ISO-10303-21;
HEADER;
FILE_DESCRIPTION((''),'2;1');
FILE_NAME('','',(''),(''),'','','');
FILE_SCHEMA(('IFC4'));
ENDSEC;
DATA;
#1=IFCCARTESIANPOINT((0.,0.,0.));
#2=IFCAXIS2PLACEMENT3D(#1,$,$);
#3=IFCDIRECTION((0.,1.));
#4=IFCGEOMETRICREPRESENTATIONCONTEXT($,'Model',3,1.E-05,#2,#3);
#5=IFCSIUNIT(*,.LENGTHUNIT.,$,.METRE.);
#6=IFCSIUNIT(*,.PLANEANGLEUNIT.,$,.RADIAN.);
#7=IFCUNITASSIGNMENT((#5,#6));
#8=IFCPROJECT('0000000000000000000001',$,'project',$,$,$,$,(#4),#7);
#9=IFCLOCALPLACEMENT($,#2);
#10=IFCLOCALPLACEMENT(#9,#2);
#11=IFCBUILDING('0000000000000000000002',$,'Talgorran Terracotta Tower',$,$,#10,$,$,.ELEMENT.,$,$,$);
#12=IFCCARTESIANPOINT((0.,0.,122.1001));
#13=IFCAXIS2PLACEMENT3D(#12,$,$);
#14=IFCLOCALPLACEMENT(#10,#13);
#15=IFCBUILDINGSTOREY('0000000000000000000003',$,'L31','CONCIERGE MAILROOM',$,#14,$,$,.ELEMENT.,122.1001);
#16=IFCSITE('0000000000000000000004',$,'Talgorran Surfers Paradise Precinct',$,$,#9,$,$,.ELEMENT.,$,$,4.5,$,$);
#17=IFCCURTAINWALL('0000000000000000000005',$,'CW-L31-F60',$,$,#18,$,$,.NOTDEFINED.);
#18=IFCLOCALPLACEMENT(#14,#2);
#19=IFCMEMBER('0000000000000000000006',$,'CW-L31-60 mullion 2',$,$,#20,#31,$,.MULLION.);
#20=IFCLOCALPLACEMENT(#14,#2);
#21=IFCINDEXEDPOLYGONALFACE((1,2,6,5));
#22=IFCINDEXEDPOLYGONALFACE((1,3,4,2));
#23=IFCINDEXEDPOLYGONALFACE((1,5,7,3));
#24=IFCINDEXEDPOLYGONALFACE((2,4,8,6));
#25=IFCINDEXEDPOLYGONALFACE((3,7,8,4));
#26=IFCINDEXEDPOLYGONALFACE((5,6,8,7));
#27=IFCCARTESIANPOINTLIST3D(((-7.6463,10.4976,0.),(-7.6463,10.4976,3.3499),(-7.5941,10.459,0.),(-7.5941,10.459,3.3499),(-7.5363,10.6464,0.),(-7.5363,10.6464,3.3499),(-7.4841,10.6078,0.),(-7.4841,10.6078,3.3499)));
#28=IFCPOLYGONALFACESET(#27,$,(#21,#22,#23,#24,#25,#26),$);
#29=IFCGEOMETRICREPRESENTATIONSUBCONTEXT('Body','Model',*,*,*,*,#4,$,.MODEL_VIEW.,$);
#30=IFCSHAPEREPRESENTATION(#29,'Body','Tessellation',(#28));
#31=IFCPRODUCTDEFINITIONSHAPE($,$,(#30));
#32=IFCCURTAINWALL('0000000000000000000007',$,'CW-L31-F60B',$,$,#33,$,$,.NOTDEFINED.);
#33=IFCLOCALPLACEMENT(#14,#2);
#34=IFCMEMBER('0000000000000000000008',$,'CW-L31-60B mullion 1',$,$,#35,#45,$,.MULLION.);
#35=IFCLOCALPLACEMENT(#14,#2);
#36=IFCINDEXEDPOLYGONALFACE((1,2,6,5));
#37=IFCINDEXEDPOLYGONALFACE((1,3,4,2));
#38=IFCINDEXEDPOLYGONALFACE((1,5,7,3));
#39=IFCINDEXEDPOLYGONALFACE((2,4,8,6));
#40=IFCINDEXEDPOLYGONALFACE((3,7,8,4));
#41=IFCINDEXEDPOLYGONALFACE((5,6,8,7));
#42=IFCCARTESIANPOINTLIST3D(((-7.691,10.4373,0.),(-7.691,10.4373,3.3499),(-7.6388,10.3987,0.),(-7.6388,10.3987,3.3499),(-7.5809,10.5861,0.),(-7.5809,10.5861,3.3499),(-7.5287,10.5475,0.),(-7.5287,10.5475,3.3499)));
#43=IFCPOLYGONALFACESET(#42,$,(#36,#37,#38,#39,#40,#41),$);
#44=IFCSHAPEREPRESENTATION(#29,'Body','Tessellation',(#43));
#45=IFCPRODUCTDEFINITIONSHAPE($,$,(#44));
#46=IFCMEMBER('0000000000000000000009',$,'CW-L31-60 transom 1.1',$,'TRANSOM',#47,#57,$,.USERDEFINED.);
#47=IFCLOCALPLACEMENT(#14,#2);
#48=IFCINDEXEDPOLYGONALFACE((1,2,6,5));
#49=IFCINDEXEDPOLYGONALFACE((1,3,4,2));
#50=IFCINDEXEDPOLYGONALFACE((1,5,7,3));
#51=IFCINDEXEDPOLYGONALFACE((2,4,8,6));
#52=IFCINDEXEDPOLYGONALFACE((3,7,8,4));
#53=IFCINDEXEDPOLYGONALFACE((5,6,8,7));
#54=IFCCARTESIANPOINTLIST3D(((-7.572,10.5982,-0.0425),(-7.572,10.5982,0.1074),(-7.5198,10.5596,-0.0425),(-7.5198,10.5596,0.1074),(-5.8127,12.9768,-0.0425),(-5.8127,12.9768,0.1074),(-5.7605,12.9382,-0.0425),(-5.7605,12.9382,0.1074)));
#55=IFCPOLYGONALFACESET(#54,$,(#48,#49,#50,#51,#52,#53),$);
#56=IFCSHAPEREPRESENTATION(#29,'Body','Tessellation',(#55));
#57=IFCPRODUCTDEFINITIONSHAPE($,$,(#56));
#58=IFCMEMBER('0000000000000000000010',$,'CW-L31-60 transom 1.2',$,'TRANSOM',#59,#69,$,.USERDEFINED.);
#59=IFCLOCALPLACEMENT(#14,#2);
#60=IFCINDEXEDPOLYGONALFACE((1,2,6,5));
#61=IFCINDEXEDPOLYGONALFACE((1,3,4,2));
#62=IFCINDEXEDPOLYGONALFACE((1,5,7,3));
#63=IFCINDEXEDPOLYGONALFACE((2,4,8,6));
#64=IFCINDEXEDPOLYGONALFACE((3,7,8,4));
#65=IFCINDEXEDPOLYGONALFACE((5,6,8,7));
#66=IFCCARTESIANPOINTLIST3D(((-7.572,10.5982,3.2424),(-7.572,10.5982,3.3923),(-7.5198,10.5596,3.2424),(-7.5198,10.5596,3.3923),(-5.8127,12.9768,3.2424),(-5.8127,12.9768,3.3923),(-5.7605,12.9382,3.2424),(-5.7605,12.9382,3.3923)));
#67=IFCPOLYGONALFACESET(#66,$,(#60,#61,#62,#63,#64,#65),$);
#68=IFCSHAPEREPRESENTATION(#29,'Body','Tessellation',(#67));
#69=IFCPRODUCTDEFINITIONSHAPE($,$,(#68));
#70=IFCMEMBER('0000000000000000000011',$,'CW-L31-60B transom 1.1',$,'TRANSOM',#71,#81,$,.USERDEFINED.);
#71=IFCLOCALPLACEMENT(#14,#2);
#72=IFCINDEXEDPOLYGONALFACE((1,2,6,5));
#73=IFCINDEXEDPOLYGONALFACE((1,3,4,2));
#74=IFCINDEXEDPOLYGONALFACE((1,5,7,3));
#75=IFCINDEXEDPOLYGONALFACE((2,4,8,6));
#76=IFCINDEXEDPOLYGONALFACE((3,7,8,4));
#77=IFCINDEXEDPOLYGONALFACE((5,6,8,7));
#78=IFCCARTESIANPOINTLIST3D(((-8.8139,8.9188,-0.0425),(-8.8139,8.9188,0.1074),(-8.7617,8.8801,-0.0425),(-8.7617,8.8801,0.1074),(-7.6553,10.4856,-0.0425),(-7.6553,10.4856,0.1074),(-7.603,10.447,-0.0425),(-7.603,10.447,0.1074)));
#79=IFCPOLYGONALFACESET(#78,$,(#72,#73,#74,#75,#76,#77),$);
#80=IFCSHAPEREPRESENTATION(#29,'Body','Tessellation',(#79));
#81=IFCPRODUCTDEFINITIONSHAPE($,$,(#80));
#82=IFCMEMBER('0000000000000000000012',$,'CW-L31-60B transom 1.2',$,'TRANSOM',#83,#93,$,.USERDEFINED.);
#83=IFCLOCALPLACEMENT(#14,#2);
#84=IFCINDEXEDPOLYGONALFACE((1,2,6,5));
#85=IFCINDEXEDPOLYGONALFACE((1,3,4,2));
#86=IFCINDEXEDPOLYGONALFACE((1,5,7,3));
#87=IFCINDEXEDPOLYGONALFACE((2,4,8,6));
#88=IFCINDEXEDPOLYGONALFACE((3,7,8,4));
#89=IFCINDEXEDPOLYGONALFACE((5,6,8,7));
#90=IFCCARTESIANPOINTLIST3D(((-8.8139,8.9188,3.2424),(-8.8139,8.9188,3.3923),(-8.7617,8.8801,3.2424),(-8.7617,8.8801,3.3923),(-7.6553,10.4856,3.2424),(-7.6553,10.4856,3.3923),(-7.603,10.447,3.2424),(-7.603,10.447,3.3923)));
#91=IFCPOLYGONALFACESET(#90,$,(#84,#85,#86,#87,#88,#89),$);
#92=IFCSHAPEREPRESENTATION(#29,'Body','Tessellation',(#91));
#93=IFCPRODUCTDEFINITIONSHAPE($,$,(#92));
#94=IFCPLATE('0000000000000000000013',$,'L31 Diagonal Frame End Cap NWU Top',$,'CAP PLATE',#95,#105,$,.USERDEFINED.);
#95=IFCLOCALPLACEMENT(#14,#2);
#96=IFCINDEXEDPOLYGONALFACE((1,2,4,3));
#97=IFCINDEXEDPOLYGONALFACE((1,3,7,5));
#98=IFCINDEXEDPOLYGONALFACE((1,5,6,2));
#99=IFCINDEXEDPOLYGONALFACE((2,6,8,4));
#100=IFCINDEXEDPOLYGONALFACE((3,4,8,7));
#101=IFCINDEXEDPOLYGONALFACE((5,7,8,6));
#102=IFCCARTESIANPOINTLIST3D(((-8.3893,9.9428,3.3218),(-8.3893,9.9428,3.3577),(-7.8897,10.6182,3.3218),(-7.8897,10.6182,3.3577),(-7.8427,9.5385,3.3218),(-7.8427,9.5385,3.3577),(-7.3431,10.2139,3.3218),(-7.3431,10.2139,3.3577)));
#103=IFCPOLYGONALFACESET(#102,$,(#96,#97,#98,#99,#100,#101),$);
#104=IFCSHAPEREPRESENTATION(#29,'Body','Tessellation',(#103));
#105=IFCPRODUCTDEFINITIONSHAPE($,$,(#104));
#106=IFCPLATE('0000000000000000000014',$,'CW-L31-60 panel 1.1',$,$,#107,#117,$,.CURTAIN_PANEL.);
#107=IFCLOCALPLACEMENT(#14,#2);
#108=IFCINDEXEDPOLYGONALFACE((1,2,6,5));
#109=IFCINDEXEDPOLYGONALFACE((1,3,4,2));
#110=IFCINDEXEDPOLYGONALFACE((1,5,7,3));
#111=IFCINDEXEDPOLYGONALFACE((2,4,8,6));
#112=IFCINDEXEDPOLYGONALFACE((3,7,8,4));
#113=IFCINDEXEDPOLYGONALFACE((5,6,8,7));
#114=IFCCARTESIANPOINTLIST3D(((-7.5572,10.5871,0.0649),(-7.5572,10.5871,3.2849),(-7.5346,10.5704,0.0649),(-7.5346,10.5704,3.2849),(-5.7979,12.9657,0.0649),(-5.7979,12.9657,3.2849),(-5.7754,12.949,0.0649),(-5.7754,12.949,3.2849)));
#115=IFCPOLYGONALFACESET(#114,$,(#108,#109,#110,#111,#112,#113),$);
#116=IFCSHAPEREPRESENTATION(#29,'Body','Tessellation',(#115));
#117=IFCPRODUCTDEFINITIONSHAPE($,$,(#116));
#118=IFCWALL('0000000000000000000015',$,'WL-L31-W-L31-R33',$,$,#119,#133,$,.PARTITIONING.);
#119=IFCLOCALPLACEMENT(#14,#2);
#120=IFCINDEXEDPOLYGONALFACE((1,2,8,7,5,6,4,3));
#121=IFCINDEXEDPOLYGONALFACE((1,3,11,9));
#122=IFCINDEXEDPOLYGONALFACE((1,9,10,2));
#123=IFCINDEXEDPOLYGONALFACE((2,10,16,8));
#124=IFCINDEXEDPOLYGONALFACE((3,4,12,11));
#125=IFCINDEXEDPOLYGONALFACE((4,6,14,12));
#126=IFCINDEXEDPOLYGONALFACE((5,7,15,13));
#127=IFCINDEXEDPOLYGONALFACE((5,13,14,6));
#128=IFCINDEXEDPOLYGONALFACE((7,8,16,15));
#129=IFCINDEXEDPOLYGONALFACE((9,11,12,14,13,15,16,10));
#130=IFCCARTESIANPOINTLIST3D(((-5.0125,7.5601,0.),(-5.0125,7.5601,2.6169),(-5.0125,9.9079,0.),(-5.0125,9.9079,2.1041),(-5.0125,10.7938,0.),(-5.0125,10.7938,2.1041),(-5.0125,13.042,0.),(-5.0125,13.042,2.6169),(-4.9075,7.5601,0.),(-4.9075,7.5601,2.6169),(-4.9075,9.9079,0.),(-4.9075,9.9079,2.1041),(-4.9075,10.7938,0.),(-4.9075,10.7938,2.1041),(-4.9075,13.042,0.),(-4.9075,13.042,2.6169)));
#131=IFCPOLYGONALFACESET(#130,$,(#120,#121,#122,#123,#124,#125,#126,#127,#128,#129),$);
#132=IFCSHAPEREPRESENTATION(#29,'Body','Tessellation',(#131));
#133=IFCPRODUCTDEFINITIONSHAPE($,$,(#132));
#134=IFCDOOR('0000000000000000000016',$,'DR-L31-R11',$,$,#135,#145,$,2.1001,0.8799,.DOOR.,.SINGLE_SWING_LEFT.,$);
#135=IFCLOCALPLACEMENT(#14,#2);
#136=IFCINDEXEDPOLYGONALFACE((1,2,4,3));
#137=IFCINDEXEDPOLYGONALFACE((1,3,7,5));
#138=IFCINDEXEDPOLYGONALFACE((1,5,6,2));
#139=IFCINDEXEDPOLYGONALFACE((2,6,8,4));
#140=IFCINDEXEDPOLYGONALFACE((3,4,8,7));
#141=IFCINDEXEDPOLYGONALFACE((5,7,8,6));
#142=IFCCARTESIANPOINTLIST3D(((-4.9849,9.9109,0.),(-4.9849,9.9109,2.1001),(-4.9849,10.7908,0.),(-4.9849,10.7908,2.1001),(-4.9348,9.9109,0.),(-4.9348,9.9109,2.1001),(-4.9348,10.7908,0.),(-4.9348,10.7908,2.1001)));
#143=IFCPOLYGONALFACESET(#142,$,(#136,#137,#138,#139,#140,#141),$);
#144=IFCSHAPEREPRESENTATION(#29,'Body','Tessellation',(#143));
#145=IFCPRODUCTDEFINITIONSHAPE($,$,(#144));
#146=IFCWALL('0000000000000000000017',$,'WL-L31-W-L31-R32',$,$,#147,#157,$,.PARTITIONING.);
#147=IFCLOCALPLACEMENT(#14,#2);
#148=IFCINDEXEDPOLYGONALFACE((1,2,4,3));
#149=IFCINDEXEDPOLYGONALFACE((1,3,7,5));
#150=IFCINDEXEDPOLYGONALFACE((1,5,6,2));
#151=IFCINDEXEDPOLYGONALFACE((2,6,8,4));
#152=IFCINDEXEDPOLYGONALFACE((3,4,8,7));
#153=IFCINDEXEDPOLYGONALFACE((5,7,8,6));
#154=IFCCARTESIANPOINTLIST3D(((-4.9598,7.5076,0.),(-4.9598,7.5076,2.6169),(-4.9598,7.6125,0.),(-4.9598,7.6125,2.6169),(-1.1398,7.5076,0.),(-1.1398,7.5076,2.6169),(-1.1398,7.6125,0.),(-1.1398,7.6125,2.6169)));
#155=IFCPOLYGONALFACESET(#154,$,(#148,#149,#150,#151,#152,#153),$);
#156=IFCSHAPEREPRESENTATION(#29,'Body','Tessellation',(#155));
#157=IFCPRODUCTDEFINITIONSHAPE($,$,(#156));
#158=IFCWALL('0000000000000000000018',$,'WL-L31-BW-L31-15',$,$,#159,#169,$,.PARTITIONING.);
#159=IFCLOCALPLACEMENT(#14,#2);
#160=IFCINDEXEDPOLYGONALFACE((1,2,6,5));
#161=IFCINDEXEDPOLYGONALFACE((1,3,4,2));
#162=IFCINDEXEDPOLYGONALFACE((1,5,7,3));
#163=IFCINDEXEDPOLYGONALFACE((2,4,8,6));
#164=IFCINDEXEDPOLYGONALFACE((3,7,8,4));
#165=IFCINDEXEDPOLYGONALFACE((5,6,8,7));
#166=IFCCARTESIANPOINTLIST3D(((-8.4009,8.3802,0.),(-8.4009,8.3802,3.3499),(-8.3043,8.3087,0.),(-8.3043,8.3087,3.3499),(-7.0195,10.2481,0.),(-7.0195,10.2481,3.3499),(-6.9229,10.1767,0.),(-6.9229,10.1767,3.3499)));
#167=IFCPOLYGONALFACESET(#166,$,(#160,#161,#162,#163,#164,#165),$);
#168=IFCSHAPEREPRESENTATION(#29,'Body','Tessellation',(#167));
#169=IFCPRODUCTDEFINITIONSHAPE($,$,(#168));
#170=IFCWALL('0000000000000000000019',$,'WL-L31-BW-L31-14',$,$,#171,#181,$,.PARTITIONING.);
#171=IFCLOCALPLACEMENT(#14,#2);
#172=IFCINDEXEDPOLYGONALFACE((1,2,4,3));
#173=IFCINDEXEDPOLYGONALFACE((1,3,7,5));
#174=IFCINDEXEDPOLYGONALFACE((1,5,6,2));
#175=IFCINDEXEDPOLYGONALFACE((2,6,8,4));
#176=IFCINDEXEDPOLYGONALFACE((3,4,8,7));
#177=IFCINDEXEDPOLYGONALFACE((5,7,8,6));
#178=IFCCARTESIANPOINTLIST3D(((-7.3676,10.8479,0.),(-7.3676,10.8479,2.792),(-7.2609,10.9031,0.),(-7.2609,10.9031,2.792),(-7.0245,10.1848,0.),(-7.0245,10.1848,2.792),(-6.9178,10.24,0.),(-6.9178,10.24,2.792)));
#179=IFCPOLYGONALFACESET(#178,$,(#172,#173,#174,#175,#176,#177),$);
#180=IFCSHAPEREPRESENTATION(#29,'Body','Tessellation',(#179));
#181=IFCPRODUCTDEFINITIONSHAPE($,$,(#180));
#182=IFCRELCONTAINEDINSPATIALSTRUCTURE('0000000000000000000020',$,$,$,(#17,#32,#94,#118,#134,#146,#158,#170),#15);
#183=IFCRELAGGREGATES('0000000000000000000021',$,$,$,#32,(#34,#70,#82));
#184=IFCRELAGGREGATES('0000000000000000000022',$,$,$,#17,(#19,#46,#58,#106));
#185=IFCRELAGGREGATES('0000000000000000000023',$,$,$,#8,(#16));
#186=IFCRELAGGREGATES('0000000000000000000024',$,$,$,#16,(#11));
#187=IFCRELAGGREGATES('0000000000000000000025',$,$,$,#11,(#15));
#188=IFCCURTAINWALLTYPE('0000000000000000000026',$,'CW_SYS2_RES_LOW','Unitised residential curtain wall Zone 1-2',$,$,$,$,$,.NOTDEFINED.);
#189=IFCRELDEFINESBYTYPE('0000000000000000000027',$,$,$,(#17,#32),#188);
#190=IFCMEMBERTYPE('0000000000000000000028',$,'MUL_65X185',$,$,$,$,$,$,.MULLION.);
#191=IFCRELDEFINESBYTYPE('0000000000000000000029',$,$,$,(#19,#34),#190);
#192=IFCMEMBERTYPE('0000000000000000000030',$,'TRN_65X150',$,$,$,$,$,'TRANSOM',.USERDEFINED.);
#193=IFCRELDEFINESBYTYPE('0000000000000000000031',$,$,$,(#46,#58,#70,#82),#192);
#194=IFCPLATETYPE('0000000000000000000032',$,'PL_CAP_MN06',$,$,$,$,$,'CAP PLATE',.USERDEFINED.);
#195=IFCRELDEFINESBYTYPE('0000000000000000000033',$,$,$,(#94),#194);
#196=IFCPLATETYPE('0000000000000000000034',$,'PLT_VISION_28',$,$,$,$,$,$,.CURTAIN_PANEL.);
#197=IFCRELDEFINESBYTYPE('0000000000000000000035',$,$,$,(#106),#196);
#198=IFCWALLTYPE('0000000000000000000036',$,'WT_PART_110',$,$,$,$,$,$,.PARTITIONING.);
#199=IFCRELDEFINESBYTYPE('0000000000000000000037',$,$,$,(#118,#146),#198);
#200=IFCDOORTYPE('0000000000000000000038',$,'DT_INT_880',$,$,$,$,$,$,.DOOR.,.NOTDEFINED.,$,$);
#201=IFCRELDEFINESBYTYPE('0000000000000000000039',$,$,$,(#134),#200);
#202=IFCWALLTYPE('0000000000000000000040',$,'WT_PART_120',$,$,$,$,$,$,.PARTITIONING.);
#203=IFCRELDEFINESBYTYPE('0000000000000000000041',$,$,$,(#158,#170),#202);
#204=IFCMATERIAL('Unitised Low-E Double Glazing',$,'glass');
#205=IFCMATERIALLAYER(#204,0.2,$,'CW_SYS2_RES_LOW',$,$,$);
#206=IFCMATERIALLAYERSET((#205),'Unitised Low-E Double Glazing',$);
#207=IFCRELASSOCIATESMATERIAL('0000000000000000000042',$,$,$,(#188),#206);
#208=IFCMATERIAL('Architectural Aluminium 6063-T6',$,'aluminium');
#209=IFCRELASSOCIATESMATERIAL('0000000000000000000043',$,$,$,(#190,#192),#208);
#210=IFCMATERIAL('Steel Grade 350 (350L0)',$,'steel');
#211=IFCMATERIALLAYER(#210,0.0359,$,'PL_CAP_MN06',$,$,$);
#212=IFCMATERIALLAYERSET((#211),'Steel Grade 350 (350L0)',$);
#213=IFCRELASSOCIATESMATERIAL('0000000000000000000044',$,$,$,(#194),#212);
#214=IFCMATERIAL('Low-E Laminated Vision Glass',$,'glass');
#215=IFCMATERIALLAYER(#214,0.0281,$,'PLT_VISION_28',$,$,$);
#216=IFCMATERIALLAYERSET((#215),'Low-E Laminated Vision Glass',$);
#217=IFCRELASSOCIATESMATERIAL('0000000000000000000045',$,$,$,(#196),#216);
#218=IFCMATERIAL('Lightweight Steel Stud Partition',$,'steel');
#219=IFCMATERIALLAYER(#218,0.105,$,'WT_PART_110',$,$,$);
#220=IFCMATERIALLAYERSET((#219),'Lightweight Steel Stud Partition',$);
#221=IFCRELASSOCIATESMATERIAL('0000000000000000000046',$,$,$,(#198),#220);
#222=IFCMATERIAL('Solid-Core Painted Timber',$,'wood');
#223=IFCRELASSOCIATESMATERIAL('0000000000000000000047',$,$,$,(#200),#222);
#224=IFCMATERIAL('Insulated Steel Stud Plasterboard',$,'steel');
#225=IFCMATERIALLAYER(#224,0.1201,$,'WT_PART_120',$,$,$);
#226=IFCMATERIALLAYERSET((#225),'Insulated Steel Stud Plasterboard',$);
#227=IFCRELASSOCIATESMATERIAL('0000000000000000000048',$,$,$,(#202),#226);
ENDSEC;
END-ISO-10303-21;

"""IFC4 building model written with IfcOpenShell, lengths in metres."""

from ifc_helpers import new_model, si_unit, direction, frame, frame_2d, origin, origin_2d, place, context, subcontext, project, spatial, rectangle, extrude, source, transform, mapped, material, layer, layer_set, material_profile, profile_set, type_object, type_shapes, element, fill, aggregate, save


model = new_model("IFC4")

# Units and contexts
model_context = context("Model", 3, precision=1e-05, world=origin(), true_north=direction((0.0, 1.0)))
body_context = subcontext(model_context, "Body", "Model", "MODEL_VIEW")
ifc_project = project(units=[si_unit("LENGTHUNIT", "METRE"), si_unit("PLANEANGLEUNIT", "RADIAN")], contexts=[model_context])

# Site, building, storey
site_placement = place(None, origin())
site = spatial("IfcSite", under=ifc_project, at=site_placement, Name="Talgorran Surfers Paradise Precinct", CompositionType="ELEMENT", RefElevation=4.5)
building_placement = place(site_placement, origin())
building = spatial("IfcBuilding", under=site, at=building_placement, Name="Talgorran Terracotta Tower", CompositionType="ELEMENT")
storey_placement = place(building_placement, frame((0.0, 0.0, 122.1001)))
storey = spatial("IfcBuildingStorey", under=building, at=storey_placement, Name="L31", Description="CONCIERGE MAILROOM", CompositionType="ELEMENT", Elevation=122.1001)

# Shared definitions
ifc_material_1 = material(Name="Steel Grade 350 (350L0)", Category="steel")

# Shared definitions
ifc_material_2 = material(Name="Unitised Low-E Double Glazing", Category="glass")
ifc_layer_1 = layer(ifc_material_2, 0.2, Name="CW_SYS2_RES_LOW")
ifc_layer_set_1 = layer_set([ifc_layer_1], Name="Unitised Low-E Double Glazing")
curtain_wall_type = type_object("IfcCurtainWallType", Name="CW_SYS2_RES_LOW", Description="Unitised residential curtain wall Zone 1-2", PredefinedType="NOTDEFINED", material=ifc_layer_set_1)
ifc_material_3 = material(Name="Architectural Aluminium 6063-T6", Category="aluminium")
ifc_material_profile_1 = material_profile(ifc_material_3, rectangle(XDim=0.0649, YDim=0.1851, at=origin_2d()), Name="CWM65X185")
ifc_profile_set_1 = profile_set([ifc_material_profile_1], Name="Architectural Aluminium 6063-T6")
member_type_1 = type_object("IfcMemberType", Name="MUL_65X185", PredefinedType="MULLION", material=ifc_profile_set_1)

# Curtain wall, member
curtain_wall_1_placement = place(storey_placement, origin())
curtain_wall_1 = element("IfcCurtainWall", 1, at=curtain_wall_1_placement, inside=storey, type_object=curtain_wall_type, Name="CW-L31-F60", PredefinedType="NOTDEFINED")
member_1_placement = place(storey_placement, frame((-7.5652, 10.5527, 0.0), z_axis=(0.0, 0.0, 1.0), x_axis=(0.803992, -0.59464, 0.0)))
member_1 = element("IfcMember", 2, at=member_1_placement, type_object=member_type_1, Name="CW-L31-60 mullion 2", PredefinedType="MULLION", context=body_context, shape_type="SweptSolid", body=[
    extrude(rectangle(XDim=0.0649, YDim=0.1851, at=origin_2d()), origin(), (0.0, 0.0, 1.0), 3.3499),
])

# Curtain wall, member
curtain_wall_2_placement = place(storey_placement, origin())
curtain_wall_2 = element("IfcCurtainWall", 3, at=curtain_wall_2_placement, inside=storey, type_object=curtain_wall_type, Name="CW-L31-F60B", PredefinedType="NOTDEFINED")
member_2_placement = place(storey_placement, frame((-7.6099, 10.4924, 0.0), z_axis=(0.0, 0.0, 1.0), x_axis=(0.803994, -0.594637, 0.0)))
member_2 = element("IfcMember", 4, at=member_2_placement, type_object=member_type_1, Name="CW-L31-60B mullion 1", PredefinedType="MULLION", context=body_context, shape_type="SweptSolid", body=[
    extrude(rectangle(XDim=0.0649, YDim=0.1851, at=origin_2d()), origin(), (0.0, 0.0, 1.0), 3.3499),
])

# Members
ifc_material_profile_2 = material_profile(ifc_material_3, rectangle(XDim=0.0649, YDim=0.1499, at=origin_2d()), Name="CWT65X150")
ifc_profile_set_2 = profile_set([ifc_material_profile_2], Name="Architectural Aluminium 6063-T6")
member_type_2 = type_object("IfcMemberType", Name="TRN_65X150", ElementType="TRANSOM", PredefinedType="USERDEFINED", material=ifc_profile_set_2)
member_3_placement = place(storey_placement, frame((-5.7866, 12.9575, 0.0325), z_axis=(-0.594639, -0.803993, 0.0), x_axis=(0.803993, -0.594639, 0.0)))
member_3 = element("IfcMember", 5, at=member_3_placement, type_object=member_type_2, Name="CW-L31-60 transom 1.1", ObjectType="TRANSOM", PredefinedType="USERDEFINED", context=body_context, shape_type="SweptSolid", body=[
    extrude(rectangle(XDim=0.0649, YDim=0.1499, at=origin_2d()), origin(), (0.0, 0.0, 1.0), 2.9585),
])
member_4_placement = place(storey_placement, frame((-5.7866, 12.9575, 3.3174), z_axis=(-0.594639, -0.803993, 0.0), x_axis=(0.803993, -0.594639, 0.0)))
member_4 = element("IfcMember", 6, at=member_4_placement, type_object=member_type_2, Name="CW-L31-60 transom 1.2", ObjectType="TRANSOM", PredefinedType="USERDEFINED", context=body_context, shape_type="SweptSolid", body=[
    extrude(rectangle(XDim=0.0649, YDim=0.1499, at=origin_2d()), origin(), (0.0, 0.0, 1.0), 2.9585),
])
member_5_placement = place(storey_placement, frame((-7.6292, 10.4663, 0.0325), z_axis=(-0.594574, -0.804041, 0.0), x_axis=(0.804041, -0.594574, 0.0)))
member_5 = element("IfcMember", 7, at=member_5_placement, type_object=member_type_2, Name="CW-L31-60B transom 1.1", ObjectType="TRANSOM", PredefinedType="USERDEFINED", context=body_context, shape_type="SweptSolid", body=[
    extrude(rectangle(XDim=0.0649, YDim=0.1499, at=origin_2d()), origin(), (0.0, 0.0, 1.0), 1.9487),
])
member_6_placement = place(storey_placement, frame((-7.6292, 10.4663, 3.3174), z_axis=(-0.594574, -0.804041, 0.0), x_axis=(0.804041, -0.594574, 0.0)))
member_6 = element("IfcMember", 8, at=member_6_placement, type_object=member_type_2, Name="CW-L31-60B transom 1.2", ObjectType="TRANSOM", PredefinedType="USERDEFINED", context=body_context, shape_type="SweptSolid", body=[
    extrude(rectangle(XDim=0.0649, YDim=0.1499, at=origin_2d()), origin(), (0.0, 0.0, 1.0), 1.9487),
])
aggregate(curtain_wall_2, [member_2, member_5, member_6])

# Plates
ifc_layer_2 = layer(ifc_material_1, 0.0359, Name="PL_CAP_MN06")
ifc_layer_set_2 = layer_set([ifc_layer_2], Name="Steel Grade 350 (350L0)")
plate_type_1 = type_object("IfcPlateType", Name="PL_CAP_MN06", ElementType="CAP PLATE", PredefinedType="USERDEFINED", material=ifc_layer_set_2)
plate_1_placement = place(storey_placement, frame((-7.8662, 10.0784, 3.3218), z_axis=(0.0, 0.0, 1.0), x_axis=(0.594682, 0.803961, 0.0)))
element("IfcPlate", 9, at=plate_1_placement, inside=storey, type_object=plate_type_1, Name="L31 Diagonal Frame End Cap NWU Top", ObjectType="CAP PLATE", PredefinedType="USERDEFINED", context=body_context, shape_type="SweptSolid", body=[
    extrude(rectangle(XDim=0.8401, YDim=0.6799, at=origin_2d()), origin(), (0.0, 0.0, 1.0), 0.0359),
])
ifc_material_4 = material(Name="Low-E Laminated Vision Glass", Category="glass")
ifc_layer_3 = layer(ifc_material_4, 0.0281, Name="PLT_VISION_28")
ifc_layer_set_3 = layer_set([ifc_layer_3], Name="Low-E Laminated Vision Glass")
plate_type_2 = type_object("IfcPlateType", Name="PLT_VISION_28", PredefinedType="CURTAIN_PANEL", material=ifc_layer_set_3)
shared_shape = source(origin(), body_context, "Body", "SweptSolid", [
    extrude(rectangle(XDim=2.9585, YDim=0.0281, at=origin_2d()), origin(), (0.0, 0.0, 1.0), 3.22),
])
type_shapes(plate_type_2, [shared_shape])
plate_2_placement = place(storey_placement, frame((-6.6663, 11.7681, 0.0649), z_axis=(0.0, 0.0, 1.0), x_axis=(-0.59464, -0.803992, 0.0)))
plate_2 = element("IfcPlate", 10, at=plate_2_placement, type_object=plate_type_2, Name="CW-L31-60 panel 1.1", PredefinedType="CURTAIN_PANEL", context=body_context, shape_type="MappedRepresentation", body=[
    mapped(shared_shape, transform((0.0, 0.0, 0.0), scale=1.0)),
])
aggregate(curtain_wall_1, [member_1, member_3, member_4, plate_2])

# Wall, opening, door
ifc_material_5 = material(Name="Lightweight Steel Stud Partition", Category="steel")
ifc_layer_4 = layer(ifc_material_5, 0.105, Name="WT_PART_110")
ifc_layer_set_4 = layer_set([ifc_layer_4], Name="Lightweight Steel Stud Partition")
wall_type_1 = type_object("IfcWallType", Name="WT_PART_110", PredefinedType="PARTITIONING", material=ifc_layer_set_4)
wall_1_placement = place(storey_placement, frame((-4.96, 7.5601, 0.0), z_axis=(0.0, 0.0, 1.0), x_axis=(0.0, 1.0, 0.0)))
wall_1 = element("IfcWall", 11, at=wall_1_placement, inside=storey, type_object=wall_type_1, Name="WL-L31-W-L31-R33", PredefinedType="PARTITIONING", context=body_context, shape_type="SweptSolid", body=[
    extrude(rectangle(XDim=5.4819, YDim=0.105, at=frame_2d((2.741, 0.0))), origin(), (0.0, 0.0, 1.0), 2.6169),
])
opening_1_placement = place(wall_1_placement, frame((2.3508, 0.0, 0.0)))
opening_1 = element("IfcOpeningElement", 12, at=opening_1_placement, cuts=wall_1, PredefinedType="OPENING", context=body_context, shape_type="SweptSolid", body=[
    extrude(rectangle(XDim=0.8859, YDim=2.1041, at=frame_2d((0.4399, 1.052))), frame((0.0, 0.0625, 0.0), z_axis=(0.0, -1.0, 0.0), x_axis=(1.0, 0.0, 0.0)), (0.0, 0.0, 1.0), 0.125),
])
ifc_material_6 = material(Name="Solid-Core Painted Timber", Category="wood")
door_type_1 = type_object("IfcDoorType", Name="DT_INT_880", OperationType="NOTDEFINED", PredefinedType="DOOR", material=ifc_material_6)
door_1_placement = place(opening_1_placement, origin())
door_1 = element("IfcDoor", 13, at=door_1_placement, inside=storey, type_object=door_type_1, Name="DR-L31-R11", OperationType="SINGLE_SWING_LEFT", OverallHeight=2.1001, OverallWidth=0.8799, PredefinedType="DOOR", context=body_context, shape_type="SweptSolid", body=[
    extrude(rectangle(XDim=0.8799, YDim=2.1001, at=frame_2d((0.4399, 1.05))), frame((0.0, 0.0249, 0.0), z_axis=(0.0, -1.0, 0.0), x_axis=(1.0, 0.0, 0.0)), (0.0, 0.0, 1.0), 0.05),
])
fill(opening_1, door_1)

# Walls
wall_2_placement = place(storey_placement, frame((-4.96, 7.5601, 0.0), z_axis=(0.0, 0.0, 1.0), x_axis=(1.0, 0.0, 0.0)))
element("IfcWall", 14, at=wall_2_placement, inside=storey, type_object=wall_type_1, Name="WL-L31-W-L31-R32", PredefinedType="PARTITIONING", context=body_context, shape_type="SweptSolid", body=[
    extrude(rectangle(XDim=3.8201, YDim=0.105, at=frame_2d((1.9102, 0.0))), origin(), (0.0, 0.0, 1.0), 2.6169),
])
ifc_material_7 = material(Name="Insulated Steel Stud Plasterboard", Category="steel")
ifc_layer_5 = layer(ifc_material_7, 0.1201, Name="WT_PART_120")
ifc_layer_set_5 = layer_set([ifc_layer_5], Name="Insulated Steel Stud Plasterboard")
wall_type_2 = type_object("IfcWallType", Name="WT_PART_120", PredefinedType="PARTITIONING", material=ifc_layer_set_5)
wall_3_placement = place(storey_placement, frame((-6.9712, 10.2124, 0.0), z_axis=(0.0, 0.0, 1.0), x_axis=(-0.594589, -0.80403, 0.0)))
element("IfcWall", 15, at=wall_3_placement, inside=storey, type_object=wall_type_2, Name="WL-L31-BW-L31-15", PredefinedType="PARTITIONING", context=body_context, shape_type="SweptSolid", body=[
    extrude(rectangle(XDim=2.3232, YDim=0.1201, at=frame_2d((1.1616, 0.0))), origin(), (0.0, 0.0, 1.0), 3.3499),
])
wall_4_placement = place(storey_placement, frame((-7.3142, 10.8755, 0.0), z_axis=(0.0, 0.0, 1.0), x_axis=(0.459467, -0.888195, 0.0)))
element("IfcWall", 16, at=wall_4_placement, inside=storey, type_object=wall_type_2, Name="WL-L31-BW-L31-14", PredefinedType="PARTITIONING", context=body_context, shape_type="SweptSolid", body=[
    extrude(rectangle(XDim=0.7466, YDim=0.1201, at=frame_2d((0.3733, 0.0))), origin(), (0.0, 0.0, 1.0), 2.792),
])

save(model, "model.ifc")
